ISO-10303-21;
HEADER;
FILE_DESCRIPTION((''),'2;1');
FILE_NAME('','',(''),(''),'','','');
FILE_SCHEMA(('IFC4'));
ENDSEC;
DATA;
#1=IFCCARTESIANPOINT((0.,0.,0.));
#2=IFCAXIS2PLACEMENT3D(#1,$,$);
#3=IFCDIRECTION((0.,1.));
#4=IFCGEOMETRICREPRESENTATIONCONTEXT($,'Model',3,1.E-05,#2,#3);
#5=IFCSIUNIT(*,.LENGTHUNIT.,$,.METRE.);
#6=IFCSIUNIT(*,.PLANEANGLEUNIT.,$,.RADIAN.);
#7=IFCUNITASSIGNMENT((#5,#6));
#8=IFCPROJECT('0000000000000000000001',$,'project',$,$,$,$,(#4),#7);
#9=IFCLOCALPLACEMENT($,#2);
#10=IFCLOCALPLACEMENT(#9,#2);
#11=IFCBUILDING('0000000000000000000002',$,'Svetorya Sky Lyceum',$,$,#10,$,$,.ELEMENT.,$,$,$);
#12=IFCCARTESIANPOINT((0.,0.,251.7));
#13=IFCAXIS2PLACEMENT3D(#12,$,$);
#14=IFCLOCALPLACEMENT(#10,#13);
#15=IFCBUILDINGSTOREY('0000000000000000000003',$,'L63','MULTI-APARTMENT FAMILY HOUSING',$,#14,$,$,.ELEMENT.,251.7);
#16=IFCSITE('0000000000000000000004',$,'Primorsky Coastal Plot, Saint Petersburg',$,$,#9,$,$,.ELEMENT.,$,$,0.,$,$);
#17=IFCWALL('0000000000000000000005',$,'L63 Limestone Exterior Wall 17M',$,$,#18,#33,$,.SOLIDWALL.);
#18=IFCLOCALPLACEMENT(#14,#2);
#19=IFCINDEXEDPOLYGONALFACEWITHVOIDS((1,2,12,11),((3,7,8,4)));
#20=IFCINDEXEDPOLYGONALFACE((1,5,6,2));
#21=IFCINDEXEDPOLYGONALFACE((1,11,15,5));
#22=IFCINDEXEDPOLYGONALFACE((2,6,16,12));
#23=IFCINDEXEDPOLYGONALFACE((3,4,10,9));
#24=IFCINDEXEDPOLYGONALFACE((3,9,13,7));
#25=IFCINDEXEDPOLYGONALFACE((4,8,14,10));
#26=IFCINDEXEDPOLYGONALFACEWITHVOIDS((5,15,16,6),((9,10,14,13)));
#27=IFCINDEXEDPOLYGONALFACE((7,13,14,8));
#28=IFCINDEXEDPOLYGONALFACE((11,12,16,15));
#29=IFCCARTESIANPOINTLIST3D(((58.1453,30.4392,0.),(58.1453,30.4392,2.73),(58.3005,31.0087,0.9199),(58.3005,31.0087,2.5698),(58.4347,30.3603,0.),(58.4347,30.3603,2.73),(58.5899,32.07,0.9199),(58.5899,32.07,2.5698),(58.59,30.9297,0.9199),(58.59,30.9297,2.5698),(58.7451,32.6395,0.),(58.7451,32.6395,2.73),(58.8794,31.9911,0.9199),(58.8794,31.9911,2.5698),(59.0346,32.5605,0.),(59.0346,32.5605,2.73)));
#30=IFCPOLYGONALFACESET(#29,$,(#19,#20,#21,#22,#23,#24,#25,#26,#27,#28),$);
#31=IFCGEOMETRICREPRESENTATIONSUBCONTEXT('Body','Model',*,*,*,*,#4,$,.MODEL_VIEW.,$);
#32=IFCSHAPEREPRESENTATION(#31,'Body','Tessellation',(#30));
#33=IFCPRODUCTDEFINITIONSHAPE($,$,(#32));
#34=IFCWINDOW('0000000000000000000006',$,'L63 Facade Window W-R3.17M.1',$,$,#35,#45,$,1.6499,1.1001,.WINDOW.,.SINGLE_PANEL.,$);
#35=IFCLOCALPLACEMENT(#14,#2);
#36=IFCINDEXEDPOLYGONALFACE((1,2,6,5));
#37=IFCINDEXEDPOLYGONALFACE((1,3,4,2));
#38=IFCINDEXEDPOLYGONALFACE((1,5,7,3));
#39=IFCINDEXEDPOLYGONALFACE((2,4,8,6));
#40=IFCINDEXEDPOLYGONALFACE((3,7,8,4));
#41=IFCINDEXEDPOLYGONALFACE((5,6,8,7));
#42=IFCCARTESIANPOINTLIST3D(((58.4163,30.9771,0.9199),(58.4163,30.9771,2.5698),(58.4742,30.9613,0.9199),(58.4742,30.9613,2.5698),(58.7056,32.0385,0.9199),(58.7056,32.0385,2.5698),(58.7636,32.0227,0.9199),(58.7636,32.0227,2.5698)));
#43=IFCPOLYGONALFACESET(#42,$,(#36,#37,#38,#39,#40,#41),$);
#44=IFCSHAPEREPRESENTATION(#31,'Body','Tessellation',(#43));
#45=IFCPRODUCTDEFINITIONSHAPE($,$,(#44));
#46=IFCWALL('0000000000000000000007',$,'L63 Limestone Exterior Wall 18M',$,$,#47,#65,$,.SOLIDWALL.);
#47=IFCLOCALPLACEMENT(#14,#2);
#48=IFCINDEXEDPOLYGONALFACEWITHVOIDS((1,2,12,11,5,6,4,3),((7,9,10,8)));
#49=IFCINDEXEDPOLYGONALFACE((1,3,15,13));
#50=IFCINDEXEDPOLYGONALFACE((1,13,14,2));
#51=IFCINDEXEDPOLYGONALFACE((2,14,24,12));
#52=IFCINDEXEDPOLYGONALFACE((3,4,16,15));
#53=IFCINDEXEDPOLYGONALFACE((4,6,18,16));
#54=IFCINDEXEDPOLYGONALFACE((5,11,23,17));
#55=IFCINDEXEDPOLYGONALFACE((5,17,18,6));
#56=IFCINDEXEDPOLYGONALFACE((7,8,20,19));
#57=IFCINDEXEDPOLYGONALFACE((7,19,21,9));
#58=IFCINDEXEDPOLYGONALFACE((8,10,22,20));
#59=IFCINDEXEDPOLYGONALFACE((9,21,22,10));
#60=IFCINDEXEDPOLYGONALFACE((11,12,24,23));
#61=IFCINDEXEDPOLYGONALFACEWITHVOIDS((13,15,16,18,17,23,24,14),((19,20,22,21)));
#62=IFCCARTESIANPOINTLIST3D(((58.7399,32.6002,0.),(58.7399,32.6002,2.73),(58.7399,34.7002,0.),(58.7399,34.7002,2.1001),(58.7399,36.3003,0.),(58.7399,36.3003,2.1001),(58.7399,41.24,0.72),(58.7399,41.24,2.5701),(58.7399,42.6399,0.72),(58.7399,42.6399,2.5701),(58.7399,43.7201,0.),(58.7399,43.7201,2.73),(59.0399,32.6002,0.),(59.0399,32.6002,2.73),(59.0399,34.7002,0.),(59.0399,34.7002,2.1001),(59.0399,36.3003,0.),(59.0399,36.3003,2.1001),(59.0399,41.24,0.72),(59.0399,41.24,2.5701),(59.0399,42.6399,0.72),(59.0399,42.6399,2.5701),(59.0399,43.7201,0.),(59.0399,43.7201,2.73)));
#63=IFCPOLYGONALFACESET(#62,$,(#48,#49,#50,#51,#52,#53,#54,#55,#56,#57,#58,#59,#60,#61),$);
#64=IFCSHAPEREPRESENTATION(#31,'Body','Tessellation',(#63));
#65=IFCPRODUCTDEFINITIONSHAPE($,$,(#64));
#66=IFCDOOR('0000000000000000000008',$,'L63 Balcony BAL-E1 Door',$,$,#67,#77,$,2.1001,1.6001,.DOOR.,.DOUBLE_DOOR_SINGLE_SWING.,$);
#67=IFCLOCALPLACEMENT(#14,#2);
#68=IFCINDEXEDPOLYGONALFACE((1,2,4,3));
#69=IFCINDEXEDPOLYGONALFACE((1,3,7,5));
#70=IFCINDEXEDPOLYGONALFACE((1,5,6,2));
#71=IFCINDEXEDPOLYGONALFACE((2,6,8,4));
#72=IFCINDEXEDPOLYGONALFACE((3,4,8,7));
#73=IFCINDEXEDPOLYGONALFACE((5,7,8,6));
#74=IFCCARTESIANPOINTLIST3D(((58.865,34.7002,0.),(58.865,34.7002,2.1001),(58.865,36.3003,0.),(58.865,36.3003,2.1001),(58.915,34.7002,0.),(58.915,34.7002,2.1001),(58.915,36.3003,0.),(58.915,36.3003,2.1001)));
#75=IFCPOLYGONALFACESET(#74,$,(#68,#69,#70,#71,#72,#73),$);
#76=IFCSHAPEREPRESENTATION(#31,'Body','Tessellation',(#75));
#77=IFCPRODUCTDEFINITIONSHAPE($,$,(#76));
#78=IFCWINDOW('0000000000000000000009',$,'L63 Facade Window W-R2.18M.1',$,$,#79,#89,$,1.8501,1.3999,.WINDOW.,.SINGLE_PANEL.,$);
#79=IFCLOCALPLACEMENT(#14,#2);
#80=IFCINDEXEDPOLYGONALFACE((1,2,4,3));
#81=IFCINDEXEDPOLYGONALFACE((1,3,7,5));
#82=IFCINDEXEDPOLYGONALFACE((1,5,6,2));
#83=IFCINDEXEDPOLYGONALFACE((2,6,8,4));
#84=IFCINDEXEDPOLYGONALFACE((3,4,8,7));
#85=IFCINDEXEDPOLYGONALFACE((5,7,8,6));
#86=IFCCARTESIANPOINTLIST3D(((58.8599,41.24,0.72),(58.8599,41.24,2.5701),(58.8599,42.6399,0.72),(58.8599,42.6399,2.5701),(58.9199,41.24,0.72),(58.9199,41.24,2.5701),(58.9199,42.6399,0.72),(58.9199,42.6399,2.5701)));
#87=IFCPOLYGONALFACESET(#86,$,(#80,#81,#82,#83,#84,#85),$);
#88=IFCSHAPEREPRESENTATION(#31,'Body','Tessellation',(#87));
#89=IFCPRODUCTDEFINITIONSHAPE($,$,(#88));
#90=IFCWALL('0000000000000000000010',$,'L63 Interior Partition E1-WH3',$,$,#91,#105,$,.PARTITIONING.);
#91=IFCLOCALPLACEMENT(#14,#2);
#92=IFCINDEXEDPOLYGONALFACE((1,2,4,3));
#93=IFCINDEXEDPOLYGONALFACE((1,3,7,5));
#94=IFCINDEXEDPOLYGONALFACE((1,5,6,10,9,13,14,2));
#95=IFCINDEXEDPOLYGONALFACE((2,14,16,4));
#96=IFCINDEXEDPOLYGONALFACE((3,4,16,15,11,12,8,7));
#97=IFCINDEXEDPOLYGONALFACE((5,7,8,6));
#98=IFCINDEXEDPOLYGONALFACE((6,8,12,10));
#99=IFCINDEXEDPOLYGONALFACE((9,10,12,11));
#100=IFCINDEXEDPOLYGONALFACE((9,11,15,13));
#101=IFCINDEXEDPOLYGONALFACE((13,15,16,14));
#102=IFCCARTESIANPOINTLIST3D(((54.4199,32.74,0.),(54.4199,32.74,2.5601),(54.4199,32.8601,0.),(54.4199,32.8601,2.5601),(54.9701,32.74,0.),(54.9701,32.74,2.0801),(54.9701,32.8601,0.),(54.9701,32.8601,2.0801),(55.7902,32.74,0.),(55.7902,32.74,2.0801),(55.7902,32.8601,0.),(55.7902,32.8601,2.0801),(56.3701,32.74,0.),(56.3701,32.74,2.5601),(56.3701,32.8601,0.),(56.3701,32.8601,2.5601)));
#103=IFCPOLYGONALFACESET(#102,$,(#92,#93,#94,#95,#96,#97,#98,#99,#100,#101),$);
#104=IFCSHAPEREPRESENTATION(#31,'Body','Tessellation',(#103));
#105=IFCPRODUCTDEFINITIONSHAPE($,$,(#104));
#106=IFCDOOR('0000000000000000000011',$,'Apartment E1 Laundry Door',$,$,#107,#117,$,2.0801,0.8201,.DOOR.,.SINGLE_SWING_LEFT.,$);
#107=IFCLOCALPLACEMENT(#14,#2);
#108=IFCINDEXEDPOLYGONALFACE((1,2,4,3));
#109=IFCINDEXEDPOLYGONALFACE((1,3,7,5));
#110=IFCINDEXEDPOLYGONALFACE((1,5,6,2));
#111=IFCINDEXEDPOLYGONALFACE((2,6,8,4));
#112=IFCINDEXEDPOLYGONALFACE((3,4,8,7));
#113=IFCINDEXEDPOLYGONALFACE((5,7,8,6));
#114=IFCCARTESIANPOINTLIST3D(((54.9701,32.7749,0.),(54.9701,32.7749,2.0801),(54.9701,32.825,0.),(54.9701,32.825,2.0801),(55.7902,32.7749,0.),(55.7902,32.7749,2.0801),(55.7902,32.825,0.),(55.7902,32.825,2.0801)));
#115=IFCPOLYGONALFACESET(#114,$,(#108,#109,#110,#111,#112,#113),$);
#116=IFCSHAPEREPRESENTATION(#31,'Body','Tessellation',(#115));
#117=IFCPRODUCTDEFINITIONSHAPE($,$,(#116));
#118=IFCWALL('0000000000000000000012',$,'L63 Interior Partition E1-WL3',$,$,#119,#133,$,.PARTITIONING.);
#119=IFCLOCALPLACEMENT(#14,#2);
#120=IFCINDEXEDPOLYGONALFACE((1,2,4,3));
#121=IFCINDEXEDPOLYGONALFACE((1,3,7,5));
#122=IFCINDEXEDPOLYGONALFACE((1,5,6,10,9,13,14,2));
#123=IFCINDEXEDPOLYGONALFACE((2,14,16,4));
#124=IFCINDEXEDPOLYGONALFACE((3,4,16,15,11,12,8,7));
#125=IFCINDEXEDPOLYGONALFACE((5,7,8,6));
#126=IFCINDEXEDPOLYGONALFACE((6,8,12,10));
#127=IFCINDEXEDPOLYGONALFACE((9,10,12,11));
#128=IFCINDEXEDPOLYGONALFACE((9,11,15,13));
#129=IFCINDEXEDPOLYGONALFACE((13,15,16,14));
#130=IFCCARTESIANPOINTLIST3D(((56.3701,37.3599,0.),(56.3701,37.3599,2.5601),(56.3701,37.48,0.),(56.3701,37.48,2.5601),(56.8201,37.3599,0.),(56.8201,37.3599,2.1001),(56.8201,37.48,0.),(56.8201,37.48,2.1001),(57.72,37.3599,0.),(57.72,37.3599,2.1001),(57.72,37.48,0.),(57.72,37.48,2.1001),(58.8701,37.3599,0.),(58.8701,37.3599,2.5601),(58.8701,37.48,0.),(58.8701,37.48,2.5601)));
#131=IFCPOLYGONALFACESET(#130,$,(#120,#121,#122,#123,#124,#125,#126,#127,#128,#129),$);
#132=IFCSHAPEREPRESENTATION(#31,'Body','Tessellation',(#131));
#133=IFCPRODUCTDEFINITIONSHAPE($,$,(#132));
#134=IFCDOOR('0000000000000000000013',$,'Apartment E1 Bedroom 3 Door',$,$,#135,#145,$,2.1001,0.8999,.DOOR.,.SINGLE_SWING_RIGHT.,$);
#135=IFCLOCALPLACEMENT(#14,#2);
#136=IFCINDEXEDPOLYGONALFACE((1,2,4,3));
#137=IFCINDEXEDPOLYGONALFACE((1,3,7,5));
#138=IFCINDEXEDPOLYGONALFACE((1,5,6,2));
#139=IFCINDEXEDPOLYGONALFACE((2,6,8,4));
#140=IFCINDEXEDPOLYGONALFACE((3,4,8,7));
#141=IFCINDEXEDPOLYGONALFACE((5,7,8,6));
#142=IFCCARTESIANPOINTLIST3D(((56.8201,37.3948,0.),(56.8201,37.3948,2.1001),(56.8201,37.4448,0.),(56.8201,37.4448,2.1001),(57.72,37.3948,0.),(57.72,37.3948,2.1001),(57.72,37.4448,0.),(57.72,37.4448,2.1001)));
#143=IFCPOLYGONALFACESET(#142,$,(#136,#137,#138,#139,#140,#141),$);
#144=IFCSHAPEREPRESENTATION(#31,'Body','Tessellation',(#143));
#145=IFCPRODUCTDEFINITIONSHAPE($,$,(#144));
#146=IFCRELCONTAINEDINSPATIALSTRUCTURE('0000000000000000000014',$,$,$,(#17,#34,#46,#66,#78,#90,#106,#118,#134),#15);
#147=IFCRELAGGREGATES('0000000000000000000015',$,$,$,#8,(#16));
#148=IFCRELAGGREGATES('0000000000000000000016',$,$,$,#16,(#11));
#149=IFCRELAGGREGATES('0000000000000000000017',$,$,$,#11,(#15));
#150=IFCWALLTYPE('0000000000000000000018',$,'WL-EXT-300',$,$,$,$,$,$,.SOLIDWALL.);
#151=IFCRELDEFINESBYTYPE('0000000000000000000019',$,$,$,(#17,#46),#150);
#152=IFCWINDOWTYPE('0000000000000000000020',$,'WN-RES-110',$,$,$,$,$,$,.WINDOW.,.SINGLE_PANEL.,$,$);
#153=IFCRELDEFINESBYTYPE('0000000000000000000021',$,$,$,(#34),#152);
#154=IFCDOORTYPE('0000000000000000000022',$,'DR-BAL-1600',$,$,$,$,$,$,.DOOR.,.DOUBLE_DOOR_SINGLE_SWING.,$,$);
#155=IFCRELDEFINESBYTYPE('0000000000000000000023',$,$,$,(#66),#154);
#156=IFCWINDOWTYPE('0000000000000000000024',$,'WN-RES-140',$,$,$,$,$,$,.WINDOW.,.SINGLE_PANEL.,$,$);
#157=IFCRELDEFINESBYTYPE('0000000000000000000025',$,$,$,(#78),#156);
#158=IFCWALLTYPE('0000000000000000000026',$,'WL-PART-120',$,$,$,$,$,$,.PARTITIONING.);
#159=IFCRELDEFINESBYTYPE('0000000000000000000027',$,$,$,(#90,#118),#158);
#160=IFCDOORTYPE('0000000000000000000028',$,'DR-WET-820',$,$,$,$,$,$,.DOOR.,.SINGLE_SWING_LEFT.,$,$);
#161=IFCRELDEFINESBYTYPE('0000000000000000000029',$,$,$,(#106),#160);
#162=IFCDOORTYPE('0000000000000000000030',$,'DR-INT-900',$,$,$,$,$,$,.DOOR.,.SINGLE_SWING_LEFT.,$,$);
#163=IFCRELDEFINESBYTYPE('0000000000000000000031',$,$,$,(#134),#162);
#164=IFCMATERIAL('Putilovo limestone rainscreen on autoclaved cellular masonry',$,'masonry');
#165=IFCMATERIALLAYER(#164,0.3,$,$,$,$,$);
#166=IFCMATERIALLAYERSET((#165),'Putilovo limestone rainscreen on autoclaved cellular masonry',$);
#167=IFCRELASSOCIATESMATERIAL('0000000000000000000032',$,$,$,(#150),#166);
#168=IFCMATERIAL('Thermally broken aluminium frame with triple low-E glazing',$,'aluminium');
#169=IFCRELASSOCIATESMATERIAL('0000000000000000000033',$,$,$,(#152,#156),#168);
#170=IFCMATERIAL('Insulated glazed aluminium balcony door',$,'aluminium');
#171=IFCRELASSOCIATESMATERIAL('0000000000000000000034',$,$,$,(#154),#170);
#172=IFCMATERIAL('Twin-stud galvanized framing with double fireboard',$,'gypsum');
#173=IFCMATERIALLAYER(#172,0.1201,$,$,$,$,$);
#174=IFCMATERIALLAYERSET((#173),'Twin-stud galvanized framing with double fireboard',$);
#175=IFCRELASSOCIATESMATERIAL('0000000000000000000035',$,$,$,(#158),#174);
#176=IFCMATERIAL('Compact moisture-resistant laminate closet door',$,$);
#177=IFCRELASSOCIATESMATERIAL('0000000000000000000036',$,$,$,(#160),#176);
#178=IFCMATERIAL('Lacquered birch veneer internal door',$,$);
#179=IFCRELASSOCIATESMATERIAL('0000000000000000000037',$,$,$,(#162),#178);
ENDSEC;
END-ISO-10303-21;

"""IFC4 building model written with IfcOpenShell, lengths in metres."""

from ifc_helpers import new_model, si_unit, direction, frame, frame_2d, origin, place, context, subcontext, project, spatial, rectangle, extrude, material, layer, layer_set, type_object, element, fill, save


model = new_model("IFC4")

# Units and contexts
model_context = context("Model", 3, precision=1e-05, world=origin(), true_north=direction((0.0, 1.0)))
body_context = subcontext(model_context, "Body", "Model", "MODEL_VIEW")
ifc_project = project(units=[si_unit("LENGTHUNIT", "METRE"), si_unit("PLANEANGLEUNIT", "RADIAN")], contexts=[model_context])

# Site, building, storey
site_placement = place(None, origin())
site = spatial("IfcSite", under=ifc_project, at=site_placement, Name="Primorsky Coastal Plot, Saint Petersburg", CompositionType="ELEMENT", RefElevation=0.0)
building_placement = place(site_placement, origin())
building = spatial("IfcBuilding", under=site, at=building_placement, Name="Svetorya Sky Lyceum", CompositionType="ELEMENT")
storey_placement = place(building_placement, frame((0.0, 0.0, 251.7)))
storey = spatial("IfcBuildingStorey", under=building, at=storey_placement, Name="L63", Description="MULTI-APARTMENT FAMILY HOUSING", CompositionType="ELEMENT", Elevation=251.7)

# Shared definitions
ifc_material_1 = material(Name="Putilovo limestone rainscreen on autoclaved cellular masonry", Category="masonry")
ifc_layer_1 = layer(ifc_material_1, 0.3)
ifc_layer_set_1 = layer_set([ifc_layer_1], Name="Putilovo limestone rainscreen on autoclaved cellular masonry")
wall_type_1 = type_object("IfcWallType", Name="WL-EXT-300", PredefinedType="SOLIDWALL", material=ifc_layer_set_1)

# Wall, opening, window
wall_1_placement = place(storey_placement, frame((58.29, 30.3999, 0.0), z_axis=(0.0, 0.0, 1.0), x_axis=(0.263036, 0.964786, 0.0)))
wall_1 = element("IfcWall", 1, at=wall_1_placement, inside=storey, type_object=wall_type_1, Name="L63 Limestone Exterior Wall 17M", PredefinedType="SOLIDWALL", context=body_context, shape_type="SweptSolid", body=[
    extrude(rectangle(XDim=2.2805, YDim=0.3, at=frame_2d((1.1401, 0.0))), origin(), (0.0, 0.0, 1.0), 2.73),
])
opening_1_placement = place(wall_1_placement, frame((0.5901, 0.0, 0.9199)))
opening_1 = element("IfcOpeningElement", 2, at=opening_1_placement, cuts=wall_1, PredefinedType="OPENING", context=body_context, shape_type="SweptSolid", body=[
    extrude(rectangle(XDim=1.1001, YDim=1.6499, at=frame_2d((0.55, 0.825))), frame((0.0, 0.1599, 0.0), z_axis=(0.0, -1.0, 0.0), x_axis=(1.0, 0.0, 0.0)), (0.0, 0.0, 1.0), 0.3201),
])
ifc_material_2 = material(Name="Thermally broken aluminium frame with triple low-E glazing", Category="aluminium")
window_type_1 = type_object("IfcWindowType", Name="WN-RES-110", PartitioningType="SINGLE_PANEL", PredefinedType="WINDOW", material=ifc_material_2)
window_1_placement = place(opening_1_placement, origin())
window_1 = element("IfcWindow", 3, at=window_1_placement, inside=storey, type_object=window_type_1, Name="L63 Facade Window W-R3.17M.1", OverallHeight=1.6499, OverallWidth=1.1001, PartitioningType="SINGLE_PANEL", PredefinedType="WINDOW", context=body_context, shape_type="SweptSolid", body=[
    extrude(rectangle(XDim=1.1001, YDim=1.6499, at=frame_2d((0.55, 0.825))), frame((0.0, 0.03, 0.0), z_axis=(0.0, -1.0, 0.0), x_axis=(1.0, 0.0, 0.0)), (0.0, 0.0, 1.0), 0.0601),
])
fill(opening_1, window_1)

# Wall, openings, door, window
wall_2_placement = place(storey_placement, frame((58.8899, 32.6001, 0.0), z_axis=(0.0, 0.0, 1.0), x_axis=(0.0, 1.0, 0.0)))
wall_2 = element("IfcWall", 4, at=wall_2_placement, inside=storey, type_object=wall_type_1, Name="L63 Limestone Exterior Wall 18M", PredefinedType="SOLIDWALL", context=body_context, shape_type="SweptSolid", body=[
    extrude(rectangle(XDim=11.1199, YDim=0.3, at=frame_2d((5.5601, 0.0))), origin(), (0.0, 0.0, 1.0), 2.73),
])
opening_2_placement = place(wall_2_placement, frame((2.1001, 0.0, 0.0)))
opening_2 = element("IfcOpeningElement", 5, at=opening_2_placement, cuts=wall_2, PredefinedType="OPENING", context=body_context, shape_type="SweptSolid", body=[
    extrude(rectangle(XDim=1.6001, YDim=2.1001, at=frame_2d((0.8, 1.05))), frame((0.0, 0.1599, 0.0), z_axis=(0.0, -1.0, 0.0), x_axis=(1.0, 0.0, 0.0)), (0.0, 0.0, 1.0), 0.3201),
])
opening_3_placement = place(wall_2_placement, frame((8.6399, 0.0, 0.72)))
opening_3 = element("IfcOpeningElement", 6, at=opening_3_placement, cuts=wall_2, PredefinedType="OPENING", context=body_context, shape_type="SweptSolid", body=[
    extrude(rectangle(XDim=1.3999, YDim=1.8501, at=frame_2d((0.7, 0.925))), frame((0.0, 0.1599, 0.0), z_axis=(0.0, -1.0, 0.0), x_axis=(1.0, 0.0, 0.0)), (0.0, 0.0, 1.0), 0.3201),
])
ifc_material_3 = material(Name="Insulated glazed aluminium balcony door", Category="aluminium")
door_type_1 = type_object("IfcDoorType", Name="DR-BAL-1600", OperationType="DOUBLE_DOOR_SINGLE_SWING", PredefinedType="DOOR", material=ifc_material_3)
door_1_placement = place(opening_2_placement, origin())
door_1 = element("IfcDoor", 7, at=door_1_placement, inside=storey, type_object=door_type_1, Name="L63 Balcony BAL-E1 Door", OperationType="DOUBLE_DOOR_SINGLE_SWING", OverallHeight=2.1001, OverallWidth=1.6001, PredefinedType="DOOR", context=body_context, shape_type="SweptSolid", body=[
    extrude(rectangle(XDim=1.6001, YDim=2.1001, at=frame_2d((0.8, 1.05))), frame((0.0, 0.0249, 0.0), z_axis=(0.0, -1.0, 0.0), x_axis=(1.0, 0.0, 0.0)), (0.0, 0.0, 1.0), 0.05),
])
fill(opening_2, door_1)
window_type_2 = type_object("IfcWindowType", Name="WN-RES-140", PartitioningType="SINGLE_PANEL", PredefinedType="WINDOW", material=ifc_material_2)
window_2_placement = place(opening_3_placement, origin())
window_2 = element("IfcWindow", 8, at=window_2_placement, inside=storey, type_object=window_type_2, Name="L63 Facade Window W-R2.18M.1", OverallHeight=1.8501, OverallWidth=1.3999, PartitioningType="SINGLE_PANEL", PredefinedType="WINDOW", context=body_context, shape_type="SweptSolid", body=[
    extrude(rectangle(XDim=1.3999, YDim=1.8501, at=frame_2d((0.7, 0.925))), frame((0.0, 0.03, 0.0), z_axis=(0.0, -1.0, 0.0), x_axis=(1.0, 0.0, 0.0)), (0.0, 0.0, 1.0), 0.0601),
])
fill(opening_3, window_2)

# Walls, openings, doors
ifc_material_4 = material(Name="Twin-stud galvanized framing with double fireboard", Category="gypsum")
ifc_layer_2 = layer(ifc_material_4, 0.1201)
ifc_layer_set_2 = layer_set([ifc_layer_2], Name="Twin-stud galvanized framing with double fireboard")
wall_type_2 = type_object("IfcWallType", Name="WL-PART-120", PredefinedType="PARTITIONING", material=ifc_layer_set_2)
wall_3_placement = place(storey_placement, frame((54.4199, 32.8, 0.0), z_axis=(0.0, 0.0, 1.0), x_axis=(1.0, 0.0, 0.0)))
wall_3 = element("IfcWall", 9, at=wall_3_placement, inside=storey, type_object=wall_type_2, Name="L63 Interior Partition E1-WH3", PredefinedType="PARTITIONING", context=body_context, shape_type="SweptSolid", body=[
    extrude(rectangle(XDim=1.9502, YDim=0.1201, at=frame_2d((0.9751, 0.0))), origin(), (0.0, 0.0, 1.0), 2.5601),
])
opening_4_placement = place(wall_3_placement, frame((0.55, 0.0, 0.0)))
opening_4 = element("IfcOpeningElement", 10, at=opening_4_placement, cuts=wall_3, PredefinedType="OPENING", context=body_context, shape_type="SweptSolid", body=[
    extrude(rectangle(XDim=0.8201, YDim=2.0801, at=frame_2d((0.4102, 1.04))), frame((0.0, 0.0701, 0.0), z_axis=(0.0, -1.0, 0.0), x_axis=(1.0, 0.0, 0.0)), (0.0, 0.0, 1.0), 0.1401),
])
ifc_material_5 = material(Name="Compact moisture-resistant laminate closet door")
door_type_2 = type_object("IfcDoorType", Name="DR-WET-820", OperationType="SINGLE_SWING_LEFT", PredefinedType="DOOR", material=ifc_material_5)
door_2_placement = place(opening_4_placement, origin())
door_2 = element("IfcDoor", 11, at=door_2_placement, inside=storey, type_object=door_type_2, Name="Apartment E1 Laundry Door", OperationType="SINGLE_SWING_LEFT", OverallHeight=2.0801, OverallWidth=0.8201, PredefinedType="DOOR", context=body_context, shape_type="SweptSolid", body=[
    extrude(rectangle(XDim=0.8201, YDim=2.0801, at=frame_2d((0.4102, 1.04))), frame((0.0, 0.0249, 0.0), z_axis=(0.0, -1.0, 0.0), x_axis=(1.0, 0.0, 0.0)), (0.0, 0.0, 1.0), 0.05),
])
fill(opening_4, door_2)
wall_4_placement = place(storey_placement, frame((56.3701, 37.4199, 0.0), z_axis=(0.0, 0.0, 1.0), x_axis=(1.0, 0.0, 0.0)))
wall_4 = element("IfcWall", 12, at=wall_4_placement, inside=storey, type_object=wall_type_2, Name="L63 Interior Partition E1-WL3", PredefinedType="PARTITIONING", context=body_context, shape_type="SweptSolid", body=[
    extrude(rectangle(XDim=2.5, YDim=0.1201, at=frame_2d((1.25, 0.0))), origin(), (0.0, 0.0, 1.0), 2.5601),
])
opening_5_placement = place(wall_4_placement, frame((0.45, 0.0, 0.0)))
opening_5 = element("IfcOpeningElement", 13, at=opening_5_placement, cuts=wall_4, PredefinedType="OPENING", context=body_context, shape_type="SweptSolid", body=[
    extrude(rectangle(XDim=0.8999, YDim=2.1001, at=frame_2d((0.45, 1.05))), frame((0.0, 0.0701, 0.0), z_axis=(0.0, -1.0, 0.0), x_axis=(1.0, 0.0, 0.0)), (0.0, 0.0, 1.0), 0.1401),
])
ifc_material_6 = material(Name="Lacquered birch veneer internal door")
door_type_3 = type_object("IfcDoorType", Name="DR-INT-900", OperationType="SINGLE_SWING_LEFT", PredefinedType="DOOR", material=ifc_material_6)
door_3_placement = place(opening_5_placement, origin())
door_3 = element("IfcDoor", 14, at=door_3_placement, inside=storey, type_object=door_type_3, Name="Apartment E1 Bedroom 3 Door", OperationType="SINGLE_SWING_RIGHT", OverallHeight=2.1001, OverallWidth=0.8999, PredefinedType="DOOR", context=body_context, shape_type="SweptSolid", body=[
    extrude(rectangle(XDim=0.8999, YDim=2.1001, at=frame_2d((0.45, 1.05))), frame((0.0, 0.0249, 0.0), z_axis=(0.0, -1.0, 0.0), x_axis=(1.0, 0.0, 0.0)), (0.0, 0.0, 1.0), 0.05),
])
fill(opening_5, door_3)

save(model, "model.ifc")
